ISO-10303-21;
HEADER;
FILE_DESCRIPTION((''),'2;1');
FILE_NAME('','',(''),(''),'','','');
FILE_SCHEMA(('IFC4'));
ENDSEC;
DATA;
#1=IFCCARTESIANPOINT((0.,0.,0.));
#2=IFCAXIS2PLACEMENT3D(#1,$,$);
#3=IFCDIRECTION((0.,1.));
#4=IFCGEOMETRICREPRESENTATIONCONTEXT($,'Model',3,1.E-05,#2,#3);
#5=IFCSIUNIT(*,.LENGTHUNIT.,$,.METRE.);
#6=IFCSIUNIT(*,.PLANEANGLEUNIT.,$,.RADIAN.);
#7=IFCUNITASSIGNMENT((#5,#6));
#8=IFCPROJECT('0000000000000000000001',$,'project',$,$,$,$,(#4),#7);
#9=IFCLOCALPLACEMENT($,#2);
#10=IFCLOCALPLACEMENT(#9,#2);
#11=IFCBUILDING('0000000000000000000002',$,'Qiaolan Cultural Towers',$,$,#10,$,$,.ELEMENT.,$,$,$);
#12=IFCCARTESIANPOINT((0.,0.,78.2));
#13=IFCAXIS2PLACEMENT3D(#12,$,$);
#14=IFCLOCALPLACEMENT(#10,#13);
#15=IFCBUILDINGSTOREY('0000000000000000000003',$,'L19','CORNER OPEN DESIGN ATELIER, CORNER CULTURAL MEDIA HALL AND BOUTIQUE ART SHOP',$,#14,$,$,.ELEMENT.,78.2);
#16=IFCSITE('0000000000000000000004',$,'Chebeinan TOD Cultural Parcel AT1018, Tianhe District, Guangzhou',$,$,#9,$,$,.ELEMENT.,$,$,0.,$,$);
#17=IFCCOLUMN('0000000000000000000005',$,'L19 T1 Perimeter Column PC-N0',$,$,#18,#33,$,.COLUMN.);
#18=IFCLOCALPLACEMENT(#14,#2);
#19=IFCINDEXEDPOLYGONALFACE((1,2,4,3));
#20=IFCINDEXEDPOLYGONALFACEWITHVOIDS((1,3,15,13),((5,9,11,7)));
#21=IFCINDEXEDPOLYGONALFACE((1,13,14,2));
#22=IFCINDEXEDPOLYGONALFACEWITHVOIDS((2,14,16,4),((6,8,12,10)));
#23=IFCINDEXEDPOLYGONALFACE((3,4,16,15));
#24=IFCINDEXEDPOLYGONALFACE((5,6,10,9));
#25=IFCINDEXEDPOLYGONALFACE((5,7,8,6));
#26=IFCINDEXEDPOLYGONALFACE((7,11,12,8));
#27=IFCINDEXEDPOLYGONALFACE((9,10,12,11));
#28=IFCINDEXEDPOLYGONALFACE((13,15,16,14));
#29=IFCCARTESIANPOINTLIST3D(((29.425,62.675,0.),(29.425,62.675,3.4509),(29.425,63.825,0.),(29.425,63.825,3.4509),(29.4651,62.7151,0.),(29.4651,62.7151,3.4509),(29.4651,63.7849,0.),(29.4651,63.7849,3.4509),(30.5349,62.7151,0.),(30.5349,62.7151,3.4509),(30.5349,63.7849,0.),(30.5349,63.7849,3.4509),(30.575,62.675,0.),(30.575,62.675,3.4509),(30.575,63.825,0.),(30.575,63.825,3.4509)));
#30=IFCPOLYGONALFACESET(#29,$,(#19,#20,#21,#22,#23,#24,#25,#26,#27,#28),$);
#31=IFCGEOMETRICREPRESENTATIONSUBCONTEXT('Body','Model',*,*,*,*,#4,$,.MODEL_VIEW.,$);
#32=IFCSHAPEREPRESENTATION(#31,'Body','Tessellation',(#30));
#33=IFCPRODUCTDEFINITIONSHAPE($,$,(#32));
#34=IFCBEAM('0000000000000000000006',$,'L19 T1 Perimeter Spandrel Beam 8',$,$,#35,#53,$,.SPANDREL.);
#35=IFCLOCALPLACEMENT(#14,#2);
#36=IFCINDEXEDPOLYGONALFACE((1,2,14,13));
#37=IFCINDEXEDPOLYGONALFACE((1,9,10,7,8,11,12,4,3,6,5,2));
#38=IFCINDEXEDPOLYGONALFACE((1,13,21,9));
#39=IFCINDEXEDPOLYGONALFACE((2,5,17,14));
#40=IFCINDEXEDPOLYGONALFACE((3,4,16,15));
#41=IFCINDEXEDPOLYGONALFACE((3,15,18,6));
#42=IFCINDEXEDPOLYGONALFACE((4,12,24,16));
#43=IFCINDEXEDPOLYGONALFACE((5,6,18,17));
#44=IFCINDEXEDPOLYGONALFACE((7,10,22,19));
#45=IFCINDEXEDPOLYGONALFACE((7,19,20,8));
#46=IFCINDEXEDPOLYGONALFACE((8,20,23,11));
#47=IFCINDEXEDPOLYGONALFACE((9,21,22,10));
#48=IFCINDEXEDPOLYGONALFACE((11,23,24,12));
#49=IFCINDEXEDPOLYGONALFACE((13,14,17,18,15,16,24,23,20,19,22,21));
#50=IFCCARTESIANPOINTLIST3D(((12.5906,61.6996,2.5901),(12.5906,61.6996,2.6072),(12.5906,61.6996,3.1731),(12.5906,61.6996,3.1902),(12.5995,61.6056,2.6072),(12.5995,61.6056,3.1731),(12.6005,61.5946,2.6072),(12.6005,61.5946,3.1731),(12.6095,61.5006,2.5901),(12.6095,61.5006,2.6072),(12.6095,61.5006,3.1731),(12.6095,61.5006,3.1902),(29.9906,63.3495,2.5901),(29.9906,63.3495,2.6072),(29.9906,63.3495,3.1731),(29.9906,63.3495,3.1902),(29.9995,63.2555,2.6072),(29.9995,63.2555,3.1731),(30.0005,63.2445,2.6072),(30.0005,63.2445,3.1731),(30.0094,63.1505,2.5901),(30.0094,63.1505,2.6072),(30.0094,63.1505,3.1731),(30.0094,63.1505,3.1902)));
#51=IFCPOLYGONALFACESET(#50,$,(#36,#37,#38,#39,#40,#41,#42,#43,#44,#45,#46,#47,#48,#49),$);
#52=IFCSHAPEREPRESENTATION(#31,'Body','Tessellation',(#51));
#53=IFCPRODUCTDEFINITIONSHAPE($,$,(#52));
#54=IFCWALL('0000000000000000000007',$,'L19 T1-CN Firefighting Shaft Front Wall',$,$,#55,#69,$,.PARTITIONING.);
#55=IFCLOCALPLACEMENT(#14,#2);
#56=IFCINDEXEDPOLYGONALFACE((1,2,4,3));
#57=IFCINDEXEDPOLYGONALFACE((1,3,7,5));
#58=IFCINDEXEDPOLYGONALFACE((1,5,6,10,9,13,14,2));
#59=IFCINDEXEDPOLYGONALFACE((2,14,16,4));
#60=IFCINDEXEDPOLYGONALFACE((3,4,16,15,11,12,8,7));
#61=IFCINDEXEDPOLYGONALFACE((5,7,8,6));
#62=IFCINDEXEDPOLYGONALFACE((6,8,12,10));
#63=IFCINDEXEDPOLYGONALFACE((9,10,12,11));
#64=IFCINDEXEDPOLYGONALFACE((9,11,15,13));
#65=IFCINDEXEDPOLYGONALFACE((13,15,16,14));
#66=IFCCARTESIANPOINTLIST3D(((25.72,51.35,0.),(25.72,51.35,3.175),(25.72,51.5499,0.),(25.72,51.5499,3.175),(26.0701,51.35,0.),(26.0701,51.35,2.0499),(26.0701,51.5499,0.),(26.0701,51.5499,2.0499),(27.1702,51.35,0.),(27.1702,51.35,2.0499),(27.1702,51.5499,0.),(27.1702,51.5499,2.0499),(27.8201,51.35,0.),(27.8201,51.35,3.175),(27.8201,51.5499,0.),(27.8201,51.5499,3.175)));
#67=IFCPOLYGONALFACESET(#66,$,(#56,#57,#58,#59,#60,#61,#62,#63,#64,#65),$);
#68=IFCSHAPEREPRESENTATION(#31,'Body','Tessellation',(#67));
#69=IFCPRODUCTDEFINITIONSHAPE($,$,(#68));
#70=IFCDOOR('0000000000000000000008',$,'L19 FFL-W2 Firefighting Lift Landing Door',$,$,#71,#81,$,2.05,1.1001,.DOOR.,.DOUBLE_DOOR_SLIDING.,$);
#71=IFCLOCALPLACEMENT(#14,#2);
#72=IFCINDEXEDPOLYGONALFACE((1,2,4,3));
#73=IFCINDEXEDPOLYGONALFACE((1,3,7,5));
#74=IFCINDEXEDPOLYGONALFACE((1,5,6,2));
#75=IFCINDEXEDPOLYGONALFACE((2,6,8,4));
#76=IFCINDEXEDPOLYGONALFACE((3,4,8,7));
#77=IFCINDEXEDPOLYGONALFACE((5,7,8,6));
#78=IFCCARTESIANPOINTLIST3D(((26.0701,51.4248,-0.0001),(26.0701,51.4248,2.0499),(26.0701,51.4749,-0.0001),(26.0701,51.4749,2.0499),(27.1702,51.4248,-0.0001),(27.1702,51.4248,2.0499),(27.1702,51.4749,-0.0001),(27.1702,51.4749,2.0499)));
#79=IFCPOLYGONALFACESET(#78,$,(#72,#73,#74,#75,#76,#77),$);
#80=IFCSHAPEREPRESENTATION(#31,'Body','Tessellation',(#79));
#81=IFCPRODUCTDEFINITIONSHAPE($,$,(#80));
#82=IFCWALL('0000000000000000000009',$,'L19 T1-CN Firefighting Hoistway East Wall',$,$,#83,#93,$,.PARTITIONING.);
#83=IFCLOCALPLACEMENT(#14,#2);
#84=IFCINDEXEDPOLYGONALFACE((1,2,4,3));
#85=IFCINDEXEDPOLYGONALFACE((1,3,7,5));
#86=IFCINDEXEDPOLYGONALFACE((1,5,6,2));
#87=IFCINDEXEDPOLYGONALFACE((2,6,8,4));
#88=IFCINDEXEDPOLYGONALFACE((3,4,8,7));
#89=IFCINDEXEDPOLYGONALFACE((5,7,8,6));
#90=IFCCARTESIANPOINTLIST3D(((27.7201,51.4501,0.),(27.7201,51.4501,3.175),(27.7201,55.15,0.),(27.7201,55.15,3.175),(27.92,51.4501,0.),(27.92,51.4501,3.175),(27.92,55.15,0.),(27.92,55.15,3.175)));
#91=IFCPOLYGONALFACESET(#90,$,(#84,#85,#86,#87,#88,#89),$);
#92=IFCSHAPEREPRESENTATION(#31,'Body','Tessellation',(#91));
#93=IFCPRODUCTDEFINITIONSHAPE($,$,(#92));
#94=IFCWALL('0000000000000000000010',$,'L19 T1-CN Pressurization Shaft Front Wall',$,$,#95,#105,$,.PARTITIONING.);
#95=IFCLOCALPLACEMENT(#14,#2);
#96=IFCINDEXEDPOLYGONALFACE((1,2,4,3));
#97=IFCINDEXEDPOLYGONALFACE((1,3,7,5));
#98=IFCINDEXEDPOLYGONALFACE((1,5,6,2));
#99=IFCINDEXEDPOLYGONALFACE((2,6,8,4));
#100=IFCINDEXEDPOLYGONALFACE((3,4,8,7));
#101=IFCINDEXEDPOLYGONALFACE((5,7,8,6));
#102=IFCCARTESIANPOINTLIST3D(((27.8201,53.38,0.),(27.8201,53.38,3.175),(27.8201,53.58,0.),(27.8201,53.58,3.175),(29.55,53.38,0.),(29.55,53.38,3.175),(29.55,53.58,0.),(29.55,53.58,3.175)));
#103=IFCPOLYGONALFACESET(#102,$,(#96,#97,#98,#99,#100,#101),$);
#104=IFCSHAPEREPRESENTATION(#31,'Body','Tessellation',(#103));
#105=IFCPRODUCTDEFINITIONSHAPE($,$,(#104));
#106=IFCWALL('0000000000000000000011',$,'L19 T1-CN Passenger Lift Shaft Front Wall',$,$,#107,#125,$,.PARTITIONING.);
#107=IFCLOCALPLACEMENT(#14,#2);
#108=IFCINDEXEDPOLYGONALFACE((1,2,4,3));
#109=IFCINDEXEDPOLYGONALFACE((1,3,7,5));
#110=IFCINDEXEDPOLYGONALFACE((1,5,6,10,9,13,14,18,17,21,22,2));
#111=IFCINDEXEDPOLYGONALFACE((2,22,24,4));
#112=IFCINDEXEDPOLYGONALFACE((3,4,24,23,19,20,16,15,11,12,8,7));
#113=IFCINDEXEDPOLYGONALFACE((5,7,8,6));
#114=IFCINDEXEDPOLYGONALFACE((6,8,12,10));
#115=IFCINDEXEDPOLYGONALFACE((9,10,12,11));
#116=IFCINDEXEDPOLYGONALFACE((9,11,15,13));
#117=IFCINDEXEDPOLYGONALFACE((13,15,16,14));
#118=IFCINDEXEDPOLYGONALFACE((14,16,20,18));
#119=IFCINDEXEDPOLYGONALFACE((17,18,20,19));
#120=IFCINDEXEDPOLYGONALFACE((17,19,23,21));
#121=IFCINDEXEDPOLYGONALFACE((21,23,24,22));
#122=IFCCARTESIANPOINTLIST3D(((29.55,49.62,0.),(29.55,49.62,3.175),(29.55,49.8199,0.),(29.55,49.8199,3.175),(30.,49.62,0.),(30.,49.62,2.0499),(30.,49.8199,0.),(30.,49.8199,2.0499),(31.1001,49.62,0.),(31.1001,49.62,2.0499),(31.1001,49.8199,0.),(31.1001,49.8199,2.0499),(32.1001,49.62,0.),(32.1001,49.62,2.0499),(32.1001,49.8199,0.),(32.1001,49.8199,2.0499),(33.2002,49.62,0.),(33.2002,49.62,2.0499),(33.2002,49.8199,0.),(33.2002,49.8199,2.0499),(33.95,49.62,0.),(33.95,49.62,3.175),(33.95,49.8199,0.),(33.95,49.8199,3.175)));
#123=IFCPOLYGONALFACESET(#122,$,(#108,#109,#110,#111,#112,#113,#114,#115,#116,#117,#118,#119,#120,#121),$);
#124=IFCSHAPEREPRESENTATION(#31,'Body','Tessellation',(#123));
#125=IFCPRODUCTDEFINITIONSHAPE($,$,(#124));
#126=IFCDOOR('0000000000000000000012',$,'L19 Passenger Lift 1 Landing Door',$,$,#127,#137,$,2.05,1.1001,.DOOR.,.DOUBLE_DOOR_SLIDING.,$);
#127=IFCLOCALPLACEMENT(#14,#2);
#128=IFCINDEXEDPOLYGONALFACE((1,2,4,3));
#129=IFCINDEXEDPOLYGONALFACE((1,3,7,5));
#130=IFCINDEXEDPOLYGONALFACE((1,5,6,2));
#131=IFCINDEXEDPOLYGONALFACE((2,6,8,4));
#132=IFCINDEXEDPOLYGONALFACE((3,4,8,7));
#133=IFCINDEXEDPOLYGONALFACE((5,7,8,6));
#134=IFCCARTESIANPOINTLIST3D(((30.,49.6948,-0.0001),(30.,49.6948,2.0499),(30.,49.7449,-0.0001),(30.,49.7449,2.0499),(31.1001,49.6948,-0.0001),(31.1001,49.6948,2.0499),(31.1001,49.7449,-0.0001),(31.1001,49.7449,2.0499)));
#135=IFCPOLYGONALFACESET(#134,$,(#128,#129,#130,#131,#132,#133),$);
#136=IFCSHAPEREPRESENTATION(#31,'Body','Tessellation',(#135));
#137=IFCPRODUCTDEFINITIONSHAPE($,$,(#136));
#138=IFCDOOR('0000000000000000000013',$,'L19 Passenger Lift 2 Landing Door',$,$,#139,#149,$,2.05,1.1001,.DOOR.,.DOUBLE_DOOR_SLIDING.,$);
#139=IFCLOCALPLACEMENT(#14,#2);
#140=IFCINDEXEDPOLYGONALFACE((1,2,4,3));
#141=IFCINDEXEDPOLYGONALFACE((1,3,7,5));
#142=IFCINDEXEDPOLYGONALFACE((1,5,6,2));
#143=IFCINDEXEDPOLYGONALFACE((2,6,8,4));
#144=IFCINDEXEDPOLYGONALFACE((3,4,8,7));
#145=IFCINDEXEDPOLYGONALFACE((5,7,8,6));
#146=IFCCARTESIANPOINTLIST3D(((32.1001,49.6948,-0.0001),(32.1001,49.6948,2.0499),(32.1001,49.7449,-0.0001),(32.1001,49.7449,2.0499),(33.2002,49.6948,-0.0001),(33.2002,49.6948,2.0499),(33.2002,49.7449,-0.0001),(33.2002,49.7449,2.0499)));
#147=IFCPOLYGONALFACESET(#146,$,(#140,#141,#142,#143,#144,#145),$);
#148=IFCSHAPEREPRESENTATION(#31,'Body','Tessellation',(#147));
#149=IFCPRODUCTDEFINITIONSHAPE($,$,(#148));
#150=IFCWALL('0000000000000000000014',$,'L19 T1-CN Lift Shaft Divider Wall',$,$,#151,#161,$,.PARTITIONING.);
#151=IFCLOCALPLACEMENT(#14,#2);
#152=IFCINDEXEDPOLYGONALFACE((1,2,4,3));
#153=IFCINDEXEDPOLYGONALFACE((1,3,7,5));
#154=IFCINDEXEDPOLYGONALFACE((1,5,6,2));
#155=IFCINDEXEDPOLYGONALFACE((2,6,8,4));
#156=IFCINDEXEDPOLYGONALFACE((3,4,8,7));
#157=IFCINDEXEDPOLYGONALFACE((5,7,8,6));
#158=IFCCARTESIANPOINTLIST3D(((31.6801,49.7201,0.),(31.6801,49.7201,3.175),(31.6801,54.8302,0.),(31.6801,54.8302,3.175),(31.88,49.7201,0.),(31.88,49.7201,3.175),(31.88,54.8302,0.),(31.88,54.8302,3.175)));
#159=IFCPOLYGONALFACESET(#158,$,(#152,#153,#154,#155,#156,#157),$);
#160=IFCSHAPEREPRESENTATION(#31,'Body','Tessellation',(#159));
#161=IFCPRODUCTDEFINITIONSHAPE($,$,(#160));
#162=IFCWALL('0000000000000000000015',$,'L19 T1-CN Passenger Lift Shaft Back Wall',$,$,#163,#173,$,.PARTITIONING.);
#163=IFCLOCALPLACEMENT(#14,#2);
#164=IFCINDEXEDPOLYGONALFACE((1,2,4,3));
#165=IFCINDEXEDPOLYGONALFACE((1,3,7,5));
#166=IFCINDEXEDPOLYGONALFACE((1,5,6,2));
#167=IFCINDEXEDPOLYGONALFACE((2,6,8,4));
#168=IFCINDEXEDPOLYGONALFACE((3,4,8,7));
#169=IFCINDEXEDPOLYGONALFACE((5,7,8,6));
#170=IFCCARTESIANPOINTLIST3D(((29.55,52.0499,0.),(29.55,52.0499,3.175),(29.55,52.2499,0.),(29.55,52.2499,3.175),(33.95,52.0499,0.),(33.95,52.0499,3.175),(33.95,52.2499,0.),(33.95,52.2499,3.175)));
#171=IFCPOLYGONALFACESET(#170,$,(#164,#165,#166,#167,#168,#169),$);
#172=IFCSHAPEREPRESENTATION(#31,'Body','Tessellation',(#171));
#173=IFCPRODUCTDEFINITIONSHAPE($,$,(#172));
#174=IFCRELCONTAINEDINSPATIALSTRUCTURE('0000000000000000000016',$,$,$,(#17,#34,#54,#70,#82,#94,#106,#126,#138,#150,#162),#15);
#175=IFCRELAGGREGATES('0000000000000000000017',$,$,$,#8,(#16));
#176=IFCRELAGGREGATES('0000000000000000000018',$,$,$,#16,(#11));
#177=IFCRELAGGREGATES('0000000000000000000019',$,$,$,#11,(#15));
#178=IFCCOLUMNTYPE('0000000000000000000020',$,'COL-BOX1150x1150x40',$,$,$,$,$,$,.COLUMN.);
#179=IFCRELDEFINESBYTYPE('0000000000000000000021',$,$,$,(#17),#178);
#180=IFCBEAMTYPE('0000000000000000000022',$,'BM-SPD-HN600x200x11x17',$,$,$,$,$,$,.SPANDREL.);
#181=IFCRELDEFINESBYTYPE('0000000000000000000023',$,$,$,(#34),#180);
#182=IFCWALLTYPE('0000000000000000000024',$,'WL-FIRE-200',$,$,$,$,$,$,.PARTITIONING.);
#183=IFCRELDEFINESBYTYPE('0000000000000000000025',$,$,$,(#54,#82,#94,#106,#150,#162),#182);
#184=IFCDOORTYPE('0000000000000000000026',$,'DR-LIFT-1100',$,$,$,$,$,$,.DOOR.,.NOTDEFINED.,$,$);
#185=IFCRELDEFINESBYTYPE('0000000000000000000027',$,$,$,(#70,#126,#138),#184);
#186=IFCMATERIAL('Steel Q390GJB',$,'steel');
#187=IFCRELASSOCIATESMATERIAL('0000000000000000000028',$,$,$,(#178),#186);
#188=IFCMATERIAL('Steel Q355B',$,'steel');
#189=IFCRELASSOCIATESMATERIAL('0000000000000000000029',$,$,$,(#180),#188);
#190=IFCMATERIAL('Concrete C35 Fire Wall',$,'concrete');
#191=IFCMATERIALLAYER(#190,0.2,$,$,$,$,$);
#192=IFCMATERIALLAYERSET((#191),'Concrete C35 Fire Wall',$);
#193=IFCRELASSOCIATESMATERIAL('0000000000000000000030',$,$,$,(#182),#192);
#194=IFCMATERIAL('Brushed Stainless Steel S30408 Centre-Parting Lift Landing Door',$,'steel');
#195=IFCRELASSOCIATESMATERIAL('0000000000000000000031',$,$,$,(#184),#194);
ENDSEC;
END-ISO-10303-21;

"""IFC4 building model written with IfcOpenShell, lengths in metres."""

from ifc_helpers import new_model, si_unit, direction, frame, frame_2d, origin, origin_2d, place, context, subcontext, project, spatial, rectangle, hollow_rectangle, i_section, extrude, material, layer, layer_set, material_profile, profile_set, type_object, element, fill, save


model = new_model("IFC4")

# Units and contexts
model_context = context("Model", 3, precision=1e-05, world=origin(), true_north=direction((0.0, 1.0)))
body_context = subcontext(model_context, "Body", "Model", "MODEL_VIEW")
ifc_project = project(units=[si_unit("LENGTHUNIT", "METRE"), si_unit("PLANEANGLEUNIT", "RADIAN")], contexts=[model_context])

# Site, building, storey
site_placement = place(None, origin())
site = spatial("IfcSite", under=ifc_project, at=site_placement, Name="Chebeinan TOD Cultural Parcel AT1018, Tianhe District, Guangzhou", CompositionType="ELEMENT", RefElevation=0.0)
building_placement = place(site_placement, origin())
building = spatial("IfcBuilding", under=site, at=building_placement, Name="Qiaolan Cultural Towers", CompositionType="ELEMENT")
storey_placement = place(building_placement, frame((0.0, 0.0, 78.2)))
storey = spatial("IfcBuildingStorey", under=building, at=storey_placement, Name="L19", Description="CORNER OPEN DESIGN ATELIER, CORNER CULTURAL MEDIA HALL AND BOUTIQUE ART SHOP", CompositionType="ELEMENT", Elevation=78.2)

# Column
ifc_material_1 = material(Name="Steel Q390GJB", Category="steel")
ifc_material_profile_1 = material_profile(ifc_material_1, hollow_rectangle(XDim=1.1499, YDim=1.1499, WallThickness=0.04, at=origin_2d()), Name="BOX1150x1150x40")
ifc_profile_set_1 = profile_set([ifc_material_profile_1], Name="Steel Q390GJB")
column_type = type_object("IfcColumnType", Name="COL-BOX1150x1150x40", PredefinedType="COLUMN", material=ifc_profile_set_1)
column_placement = place(storey_placement, frame((30.0, 63.25, 0.0), z_axis=(0.0, 0.0, 1.0), x_axis=(1.0, 0.0, 0.0)))
element("IfcColumn", 1, at=column_placement, inside=storey, type_object=column_type, Name="L19 T1 Perimeter Column PC-N0", PredefinedType="COLUMN", context=body_context, shape_type="SweptSolid", body=[
    extrude(hollow_rectangle(XDim=1.1499, YDim=1.1499, WallThickness=0.04, at=origin_2d()), origin(), (0.0, 0.0, 1.0), 3.4509),
])

# Beam
ifc_material_2 = material(Name="Steel Q355B", Category="steel")
ifc_material_profile_2 = material_profile(ifc_material_2, i_section(OverallWidth=0.2, OverallDepth=0.6001, WebThickness=0.011, FlangeThickness=0.0171, at=origin_2d()), Name="HN600x200x11x17")
ifc_profile_set_2 = profile_set([ifc_material_profile_2], Name="Steel Q355B")
beam_type = type_object("IfcBeamType", Name="BM-SPD-HN600x200x11x17", PredefinedType="SPANDREL", material=ifc_profile_set_2)
beam_placement = place(storey_placement, frame((30.0, 63.25, 2.8901), z_axis=(-0.995534, -0.094399, 0.0), x_axis=(0.094399, -0.995534, 0.0)))
element("IfcBeam", 2, at=beam_placement, inside=storey, type_object=beam_type, Name="L19 T1 Perimeter Spandrel Beam 8", PredefinedType="SPANDREL", context=body_context, shape_type="SweptSolid", body=[
    extrude(i_section(OverallWidth=0.2, OverallDepth=0.6001, WebThickness=0.011, FlangeThickness=0.0171, at=origin_2d()), origin(), (0.0, 0.0, 1.0), 17.478),
])

# Wall, opening, door
ifc_material_3 = material(Name="Concrete C35 Fire Wall", Category="concrete")
ifc_layer_1 = layer(ifc_material_3, 0.2)
ifc_layer_set_1 = layer_set([ifc_layer_1], Name="Concrete C35 Fire Wall")
wall_type_1 = type_object("IfcWallType", Name="WL-FIRE-200", PredefinedType="PARTITIONING", material=ifc_layer_set_1)
wall_1_placement = place(storey_placement, frame((25.72, 51.45, 0.0), z_axis=(0.0, 0.0, 1.0), x_axis=(1.0, 0.0, 0.0)))
wall_1 = element("IfcWall", 3, at=wall_1_placement, inside=storey, type_object=wall_type_1, Name="L19 T1-CN Firefighting Shaft Front Wall", PredefinedType="PARTITIONING", context=body_context, shape_type="SweptSolid", body=[
    extrude(rectangle(XDim=2.1001, YDim=0.2, at=frame_2d((1.05, 0.0))), origin(), (0.0, 0.0, 1.0), 3.175),
])
opening_1_placement = place(wall_1_placement, frame((0.3501, 0.0, 0.0)))
opening_1 = element("IfcOpeningElement", 4, at=opening_1_placement, cuts=wall_1, PredefinedType="OPENING", context=body_context, shape_type="SweptSolid", body=[
    extrude(rectangle(XDim=1.1001, YDim=2.05, at=frame_2d((0.55, 1.0249))), frame((0.0, 0.1099, 0.0), z_axis=(0.0, -1.0, 0.0), x_axis=(1.0, 0.0, 0.0)), (0.0, 0.0, 1.0), 0.22),
])
ifc_material_4 = material(Name="Brushed Stainless Steel S30408 Centre-Parting Lift Landing Door", Category="steel")
door_type_1 = type_object("IfcDoorType", Name="DR-LIFT-1100", OperationType="NOTDEFINED", PredefinedType="DOOR", material=ifc_material_4)
door_1_placement = place(opening_1_placement, origin())
door_1 = element("IfcDoor", 5, at=door_1_placement, inside=storey, type_object=door_type_1, Name="L19 FFL-W2 Firefighting Lift Landing Door", OperationType="DOUBLE_DOOR_SLIDING", OverallHeight=2.05, OverallWidth=1.1001, PredefinedType="DOOR", context=body_context, shape_type="SweptSolid", body=[
    extrude(rectangle(XDim=1.1001, YDim=2.05, at=frame_2d((0.55, 1.0249))), frame((0.0, 0.0249, 0.0), z_axis=(0.0, -1.0, 0.0), x_axis=(1.0, 0.0, 0.0)), (0.0, 0.0, 1.0), 0.05),
])
fill(opening_1, door_1)

# Walls
wall_2_placement = place(storey_placement, frame((27.8201, 51.45, 0.0), z_axis=(0.0, 0.0, 1.0), x_axis=(0.0, 1.0, 0.0)))
element("IfcWall", 6, at=wall_2_placement, inside=storey, type_object=wall_type_1, Name="L19 T1-CN Firefighting Hoistway East Wall", PredefinedType="PARTITIONING", context=body_context, shape_type="SweptSolid", body=[
    extrude(rectangle(XDim=3.7, YDim=0.2, at=frame_2d((1.8501, 0.0))), origin(), (0.0, 0.0, 1.0), 3.175),
])
wall_3_placement = place(storey_placement, frame((27.8201, 53.48, 0.0), z_axis=(0.0, 0.0, 1.0), x_axis=(1.0, 0.0, 0.0)))
element("IfcWall", 7, at=wall_3_placement, inside=storey, type_object=wall_type_1, Name="L19 T1-CN Pressurization Shaft Front Wall", PredefinedType="PARTITIONING", context=body_context, shape_type="SweptSolid", body=[
    extrude(rectangle(XDim=1.73, YDim=0.2, at=frame_2d((0.865, 0.0))), origin(), (0.0, 0.0, 1.0), 3.175),
])

# Wall, openings, doors
wall_4_placement = place(storey_placement, frame((29.55, 49.72, 0.0), z_axis=(0.0, 0.0, 1.0), x_axis=(1.0, 0.0, 0.0)))
wall_4 = element("IfcWall", 8, at=wall_4_placement, inside=storey, type_object=wall_type_1, Name="L19 T1-CN Passenger Lift Shaft Front Wall", PredefinedType="PARTITIONING", context=body_context, shape_type="SweptSolid", body=[
    extrude(rectangle(XDim=4.3999, YDim=0.2, at=frame_2d((2.2, 0.0))), origin(), (0.0, 0.0, 1.0), 3.175),
])
opening_2_placement = place(wall_4_placement, frame((0.45, 0.0, 0.0)))
opening_2 = element("IfcOpeningElement", 9, at=opening_2_placement, cuts=wall_4, PredefinedType="OPENING", context=body_context, shape_type="SweptSolid", body=[
    extrude(rectangle(XDim=1.1001, YDim=2.05, at=frame_2d((0.55, 1.0249))), frame((0.0, 0.1099, 0.0), z_axis=(0.0, -1.0, 0.0), x_axis=(1.0, 0.0, 0.0)), (0.0, 0.0, 1.0), 0.22),
])
opening_3_placement = place(wall_4_placement, frame((2.55, 0.0, 0.0)))
opening_3 = element("IfcOpeningElement", 10, at=opening_3_placement, cuts=wall_4, PredefinedType="OPENING", context=body_context, shape_type="SweptSolid", body=[
    extrude(rectangle(XDim=1.1001, YDim=2.05, at=frame_2d((0.55, 1.0249))), frame((0.0, 0.1099, 0.0), z_axis=(0.0, -1.0, 0.0), x_axis=(1.0, 0.0, 0.0)), (0.0, 0.0, 1.0), 0.22),
])
door_2_placement = place(opening_2_placement, origin())
door_2 = element("IfcDoor", 11, at=door_2_placement, inside=storey, type_object=door_type_1, Name="L19 Passenger Lift 1 Landing Door", OperationType="DOUBLE_DOOR_SLIDING", OverallHeight=2.05, OverallWidth=1.1001, PredefinedType="DOOR", context=body_context, shape_type="SweptSolid", body=[
    extrude(rectangle(XDim=1.1001, YDim=2.05, at=frame_2d((0.55, 1.0249))), frame((0.0, 0.0249, 0.0), z_axis=(0.0, -1.0, 0.0), x_axis=(1.0, 0.0, 0.0)), (0.0, 0.0, 1.0), 0.05),
])
fill(opening_2, door_2)
door_3_placement = place(opening_3_placement, origin())
door_3 = element("IfcDoor", 12, at=door_3_placement, inside=storey, type_object=door_type_1, Name="L19 Passenger Lift 2 Landing Door", OperationType="DOUBLE_DOOR_SLIDING", OverallHeight=2.05, OverallWidth=1.1001, PredefinedType="DOOR", context=body_context, shape_type="SweptSolid", body=[
    extrude(rectangle(XDim=1.1001, YDim=2.05, at=frame_2d((0.55, 1.0249))), frame((0.0, 0.0249, 0.0), z_axis=(0.0, -1.0, 0.0), x_axis=(1.0, 0.0, 0.0)), (0.0, 0.0, 1.0), 0.05),
])
fill(opening_3, door_3)

# Walls
wall_5_placement = place(storey_placement, frame((31.78, 49.72, 0.0), z_axis=(0.0, 0.0, 1.0), x_axis=(0.0, 1.0, 0.0)))
element("IfcWall", 13, at=wall_5_placement, inside=storey, type_object=wall_type_1, Name="L19 T1-CN Lift Shaft Divider Wall", PredefinedType="PARTITIONING", context=body_context, shape_type="SweptSolid", body=[
    extrude(rectangle(XDim=5.1101, YDim=0.2, at=frame_2d((2.5552, 0.0))), origin(), (0.0, 0.0, 1.0), 3.175),
])
wall_6_placement = place(storey_placement, frame((29.55, 52.1499, 0.0), z_axis=(0.0, 0.0, 1.0), x_axis=(1.0, 0.0, 0.0)))
element("IfcWall", 14, at=wall_6_placement, inside=storey, type_object=wall_type_1, Name="L19 T1-CN Passenger Lift Shaft Back Wall", PredefinedType="PARTITIONING", context=body_context, shape_type="SweptSolid", body=[
    extrude(rectangle(XDim=4.3999, YDim=0.2, at=frame_2d((2.2, 0.0))), origin(), (0.0, 0.0, 1.0), 3.175),
])

save(model, "model.ifc")
